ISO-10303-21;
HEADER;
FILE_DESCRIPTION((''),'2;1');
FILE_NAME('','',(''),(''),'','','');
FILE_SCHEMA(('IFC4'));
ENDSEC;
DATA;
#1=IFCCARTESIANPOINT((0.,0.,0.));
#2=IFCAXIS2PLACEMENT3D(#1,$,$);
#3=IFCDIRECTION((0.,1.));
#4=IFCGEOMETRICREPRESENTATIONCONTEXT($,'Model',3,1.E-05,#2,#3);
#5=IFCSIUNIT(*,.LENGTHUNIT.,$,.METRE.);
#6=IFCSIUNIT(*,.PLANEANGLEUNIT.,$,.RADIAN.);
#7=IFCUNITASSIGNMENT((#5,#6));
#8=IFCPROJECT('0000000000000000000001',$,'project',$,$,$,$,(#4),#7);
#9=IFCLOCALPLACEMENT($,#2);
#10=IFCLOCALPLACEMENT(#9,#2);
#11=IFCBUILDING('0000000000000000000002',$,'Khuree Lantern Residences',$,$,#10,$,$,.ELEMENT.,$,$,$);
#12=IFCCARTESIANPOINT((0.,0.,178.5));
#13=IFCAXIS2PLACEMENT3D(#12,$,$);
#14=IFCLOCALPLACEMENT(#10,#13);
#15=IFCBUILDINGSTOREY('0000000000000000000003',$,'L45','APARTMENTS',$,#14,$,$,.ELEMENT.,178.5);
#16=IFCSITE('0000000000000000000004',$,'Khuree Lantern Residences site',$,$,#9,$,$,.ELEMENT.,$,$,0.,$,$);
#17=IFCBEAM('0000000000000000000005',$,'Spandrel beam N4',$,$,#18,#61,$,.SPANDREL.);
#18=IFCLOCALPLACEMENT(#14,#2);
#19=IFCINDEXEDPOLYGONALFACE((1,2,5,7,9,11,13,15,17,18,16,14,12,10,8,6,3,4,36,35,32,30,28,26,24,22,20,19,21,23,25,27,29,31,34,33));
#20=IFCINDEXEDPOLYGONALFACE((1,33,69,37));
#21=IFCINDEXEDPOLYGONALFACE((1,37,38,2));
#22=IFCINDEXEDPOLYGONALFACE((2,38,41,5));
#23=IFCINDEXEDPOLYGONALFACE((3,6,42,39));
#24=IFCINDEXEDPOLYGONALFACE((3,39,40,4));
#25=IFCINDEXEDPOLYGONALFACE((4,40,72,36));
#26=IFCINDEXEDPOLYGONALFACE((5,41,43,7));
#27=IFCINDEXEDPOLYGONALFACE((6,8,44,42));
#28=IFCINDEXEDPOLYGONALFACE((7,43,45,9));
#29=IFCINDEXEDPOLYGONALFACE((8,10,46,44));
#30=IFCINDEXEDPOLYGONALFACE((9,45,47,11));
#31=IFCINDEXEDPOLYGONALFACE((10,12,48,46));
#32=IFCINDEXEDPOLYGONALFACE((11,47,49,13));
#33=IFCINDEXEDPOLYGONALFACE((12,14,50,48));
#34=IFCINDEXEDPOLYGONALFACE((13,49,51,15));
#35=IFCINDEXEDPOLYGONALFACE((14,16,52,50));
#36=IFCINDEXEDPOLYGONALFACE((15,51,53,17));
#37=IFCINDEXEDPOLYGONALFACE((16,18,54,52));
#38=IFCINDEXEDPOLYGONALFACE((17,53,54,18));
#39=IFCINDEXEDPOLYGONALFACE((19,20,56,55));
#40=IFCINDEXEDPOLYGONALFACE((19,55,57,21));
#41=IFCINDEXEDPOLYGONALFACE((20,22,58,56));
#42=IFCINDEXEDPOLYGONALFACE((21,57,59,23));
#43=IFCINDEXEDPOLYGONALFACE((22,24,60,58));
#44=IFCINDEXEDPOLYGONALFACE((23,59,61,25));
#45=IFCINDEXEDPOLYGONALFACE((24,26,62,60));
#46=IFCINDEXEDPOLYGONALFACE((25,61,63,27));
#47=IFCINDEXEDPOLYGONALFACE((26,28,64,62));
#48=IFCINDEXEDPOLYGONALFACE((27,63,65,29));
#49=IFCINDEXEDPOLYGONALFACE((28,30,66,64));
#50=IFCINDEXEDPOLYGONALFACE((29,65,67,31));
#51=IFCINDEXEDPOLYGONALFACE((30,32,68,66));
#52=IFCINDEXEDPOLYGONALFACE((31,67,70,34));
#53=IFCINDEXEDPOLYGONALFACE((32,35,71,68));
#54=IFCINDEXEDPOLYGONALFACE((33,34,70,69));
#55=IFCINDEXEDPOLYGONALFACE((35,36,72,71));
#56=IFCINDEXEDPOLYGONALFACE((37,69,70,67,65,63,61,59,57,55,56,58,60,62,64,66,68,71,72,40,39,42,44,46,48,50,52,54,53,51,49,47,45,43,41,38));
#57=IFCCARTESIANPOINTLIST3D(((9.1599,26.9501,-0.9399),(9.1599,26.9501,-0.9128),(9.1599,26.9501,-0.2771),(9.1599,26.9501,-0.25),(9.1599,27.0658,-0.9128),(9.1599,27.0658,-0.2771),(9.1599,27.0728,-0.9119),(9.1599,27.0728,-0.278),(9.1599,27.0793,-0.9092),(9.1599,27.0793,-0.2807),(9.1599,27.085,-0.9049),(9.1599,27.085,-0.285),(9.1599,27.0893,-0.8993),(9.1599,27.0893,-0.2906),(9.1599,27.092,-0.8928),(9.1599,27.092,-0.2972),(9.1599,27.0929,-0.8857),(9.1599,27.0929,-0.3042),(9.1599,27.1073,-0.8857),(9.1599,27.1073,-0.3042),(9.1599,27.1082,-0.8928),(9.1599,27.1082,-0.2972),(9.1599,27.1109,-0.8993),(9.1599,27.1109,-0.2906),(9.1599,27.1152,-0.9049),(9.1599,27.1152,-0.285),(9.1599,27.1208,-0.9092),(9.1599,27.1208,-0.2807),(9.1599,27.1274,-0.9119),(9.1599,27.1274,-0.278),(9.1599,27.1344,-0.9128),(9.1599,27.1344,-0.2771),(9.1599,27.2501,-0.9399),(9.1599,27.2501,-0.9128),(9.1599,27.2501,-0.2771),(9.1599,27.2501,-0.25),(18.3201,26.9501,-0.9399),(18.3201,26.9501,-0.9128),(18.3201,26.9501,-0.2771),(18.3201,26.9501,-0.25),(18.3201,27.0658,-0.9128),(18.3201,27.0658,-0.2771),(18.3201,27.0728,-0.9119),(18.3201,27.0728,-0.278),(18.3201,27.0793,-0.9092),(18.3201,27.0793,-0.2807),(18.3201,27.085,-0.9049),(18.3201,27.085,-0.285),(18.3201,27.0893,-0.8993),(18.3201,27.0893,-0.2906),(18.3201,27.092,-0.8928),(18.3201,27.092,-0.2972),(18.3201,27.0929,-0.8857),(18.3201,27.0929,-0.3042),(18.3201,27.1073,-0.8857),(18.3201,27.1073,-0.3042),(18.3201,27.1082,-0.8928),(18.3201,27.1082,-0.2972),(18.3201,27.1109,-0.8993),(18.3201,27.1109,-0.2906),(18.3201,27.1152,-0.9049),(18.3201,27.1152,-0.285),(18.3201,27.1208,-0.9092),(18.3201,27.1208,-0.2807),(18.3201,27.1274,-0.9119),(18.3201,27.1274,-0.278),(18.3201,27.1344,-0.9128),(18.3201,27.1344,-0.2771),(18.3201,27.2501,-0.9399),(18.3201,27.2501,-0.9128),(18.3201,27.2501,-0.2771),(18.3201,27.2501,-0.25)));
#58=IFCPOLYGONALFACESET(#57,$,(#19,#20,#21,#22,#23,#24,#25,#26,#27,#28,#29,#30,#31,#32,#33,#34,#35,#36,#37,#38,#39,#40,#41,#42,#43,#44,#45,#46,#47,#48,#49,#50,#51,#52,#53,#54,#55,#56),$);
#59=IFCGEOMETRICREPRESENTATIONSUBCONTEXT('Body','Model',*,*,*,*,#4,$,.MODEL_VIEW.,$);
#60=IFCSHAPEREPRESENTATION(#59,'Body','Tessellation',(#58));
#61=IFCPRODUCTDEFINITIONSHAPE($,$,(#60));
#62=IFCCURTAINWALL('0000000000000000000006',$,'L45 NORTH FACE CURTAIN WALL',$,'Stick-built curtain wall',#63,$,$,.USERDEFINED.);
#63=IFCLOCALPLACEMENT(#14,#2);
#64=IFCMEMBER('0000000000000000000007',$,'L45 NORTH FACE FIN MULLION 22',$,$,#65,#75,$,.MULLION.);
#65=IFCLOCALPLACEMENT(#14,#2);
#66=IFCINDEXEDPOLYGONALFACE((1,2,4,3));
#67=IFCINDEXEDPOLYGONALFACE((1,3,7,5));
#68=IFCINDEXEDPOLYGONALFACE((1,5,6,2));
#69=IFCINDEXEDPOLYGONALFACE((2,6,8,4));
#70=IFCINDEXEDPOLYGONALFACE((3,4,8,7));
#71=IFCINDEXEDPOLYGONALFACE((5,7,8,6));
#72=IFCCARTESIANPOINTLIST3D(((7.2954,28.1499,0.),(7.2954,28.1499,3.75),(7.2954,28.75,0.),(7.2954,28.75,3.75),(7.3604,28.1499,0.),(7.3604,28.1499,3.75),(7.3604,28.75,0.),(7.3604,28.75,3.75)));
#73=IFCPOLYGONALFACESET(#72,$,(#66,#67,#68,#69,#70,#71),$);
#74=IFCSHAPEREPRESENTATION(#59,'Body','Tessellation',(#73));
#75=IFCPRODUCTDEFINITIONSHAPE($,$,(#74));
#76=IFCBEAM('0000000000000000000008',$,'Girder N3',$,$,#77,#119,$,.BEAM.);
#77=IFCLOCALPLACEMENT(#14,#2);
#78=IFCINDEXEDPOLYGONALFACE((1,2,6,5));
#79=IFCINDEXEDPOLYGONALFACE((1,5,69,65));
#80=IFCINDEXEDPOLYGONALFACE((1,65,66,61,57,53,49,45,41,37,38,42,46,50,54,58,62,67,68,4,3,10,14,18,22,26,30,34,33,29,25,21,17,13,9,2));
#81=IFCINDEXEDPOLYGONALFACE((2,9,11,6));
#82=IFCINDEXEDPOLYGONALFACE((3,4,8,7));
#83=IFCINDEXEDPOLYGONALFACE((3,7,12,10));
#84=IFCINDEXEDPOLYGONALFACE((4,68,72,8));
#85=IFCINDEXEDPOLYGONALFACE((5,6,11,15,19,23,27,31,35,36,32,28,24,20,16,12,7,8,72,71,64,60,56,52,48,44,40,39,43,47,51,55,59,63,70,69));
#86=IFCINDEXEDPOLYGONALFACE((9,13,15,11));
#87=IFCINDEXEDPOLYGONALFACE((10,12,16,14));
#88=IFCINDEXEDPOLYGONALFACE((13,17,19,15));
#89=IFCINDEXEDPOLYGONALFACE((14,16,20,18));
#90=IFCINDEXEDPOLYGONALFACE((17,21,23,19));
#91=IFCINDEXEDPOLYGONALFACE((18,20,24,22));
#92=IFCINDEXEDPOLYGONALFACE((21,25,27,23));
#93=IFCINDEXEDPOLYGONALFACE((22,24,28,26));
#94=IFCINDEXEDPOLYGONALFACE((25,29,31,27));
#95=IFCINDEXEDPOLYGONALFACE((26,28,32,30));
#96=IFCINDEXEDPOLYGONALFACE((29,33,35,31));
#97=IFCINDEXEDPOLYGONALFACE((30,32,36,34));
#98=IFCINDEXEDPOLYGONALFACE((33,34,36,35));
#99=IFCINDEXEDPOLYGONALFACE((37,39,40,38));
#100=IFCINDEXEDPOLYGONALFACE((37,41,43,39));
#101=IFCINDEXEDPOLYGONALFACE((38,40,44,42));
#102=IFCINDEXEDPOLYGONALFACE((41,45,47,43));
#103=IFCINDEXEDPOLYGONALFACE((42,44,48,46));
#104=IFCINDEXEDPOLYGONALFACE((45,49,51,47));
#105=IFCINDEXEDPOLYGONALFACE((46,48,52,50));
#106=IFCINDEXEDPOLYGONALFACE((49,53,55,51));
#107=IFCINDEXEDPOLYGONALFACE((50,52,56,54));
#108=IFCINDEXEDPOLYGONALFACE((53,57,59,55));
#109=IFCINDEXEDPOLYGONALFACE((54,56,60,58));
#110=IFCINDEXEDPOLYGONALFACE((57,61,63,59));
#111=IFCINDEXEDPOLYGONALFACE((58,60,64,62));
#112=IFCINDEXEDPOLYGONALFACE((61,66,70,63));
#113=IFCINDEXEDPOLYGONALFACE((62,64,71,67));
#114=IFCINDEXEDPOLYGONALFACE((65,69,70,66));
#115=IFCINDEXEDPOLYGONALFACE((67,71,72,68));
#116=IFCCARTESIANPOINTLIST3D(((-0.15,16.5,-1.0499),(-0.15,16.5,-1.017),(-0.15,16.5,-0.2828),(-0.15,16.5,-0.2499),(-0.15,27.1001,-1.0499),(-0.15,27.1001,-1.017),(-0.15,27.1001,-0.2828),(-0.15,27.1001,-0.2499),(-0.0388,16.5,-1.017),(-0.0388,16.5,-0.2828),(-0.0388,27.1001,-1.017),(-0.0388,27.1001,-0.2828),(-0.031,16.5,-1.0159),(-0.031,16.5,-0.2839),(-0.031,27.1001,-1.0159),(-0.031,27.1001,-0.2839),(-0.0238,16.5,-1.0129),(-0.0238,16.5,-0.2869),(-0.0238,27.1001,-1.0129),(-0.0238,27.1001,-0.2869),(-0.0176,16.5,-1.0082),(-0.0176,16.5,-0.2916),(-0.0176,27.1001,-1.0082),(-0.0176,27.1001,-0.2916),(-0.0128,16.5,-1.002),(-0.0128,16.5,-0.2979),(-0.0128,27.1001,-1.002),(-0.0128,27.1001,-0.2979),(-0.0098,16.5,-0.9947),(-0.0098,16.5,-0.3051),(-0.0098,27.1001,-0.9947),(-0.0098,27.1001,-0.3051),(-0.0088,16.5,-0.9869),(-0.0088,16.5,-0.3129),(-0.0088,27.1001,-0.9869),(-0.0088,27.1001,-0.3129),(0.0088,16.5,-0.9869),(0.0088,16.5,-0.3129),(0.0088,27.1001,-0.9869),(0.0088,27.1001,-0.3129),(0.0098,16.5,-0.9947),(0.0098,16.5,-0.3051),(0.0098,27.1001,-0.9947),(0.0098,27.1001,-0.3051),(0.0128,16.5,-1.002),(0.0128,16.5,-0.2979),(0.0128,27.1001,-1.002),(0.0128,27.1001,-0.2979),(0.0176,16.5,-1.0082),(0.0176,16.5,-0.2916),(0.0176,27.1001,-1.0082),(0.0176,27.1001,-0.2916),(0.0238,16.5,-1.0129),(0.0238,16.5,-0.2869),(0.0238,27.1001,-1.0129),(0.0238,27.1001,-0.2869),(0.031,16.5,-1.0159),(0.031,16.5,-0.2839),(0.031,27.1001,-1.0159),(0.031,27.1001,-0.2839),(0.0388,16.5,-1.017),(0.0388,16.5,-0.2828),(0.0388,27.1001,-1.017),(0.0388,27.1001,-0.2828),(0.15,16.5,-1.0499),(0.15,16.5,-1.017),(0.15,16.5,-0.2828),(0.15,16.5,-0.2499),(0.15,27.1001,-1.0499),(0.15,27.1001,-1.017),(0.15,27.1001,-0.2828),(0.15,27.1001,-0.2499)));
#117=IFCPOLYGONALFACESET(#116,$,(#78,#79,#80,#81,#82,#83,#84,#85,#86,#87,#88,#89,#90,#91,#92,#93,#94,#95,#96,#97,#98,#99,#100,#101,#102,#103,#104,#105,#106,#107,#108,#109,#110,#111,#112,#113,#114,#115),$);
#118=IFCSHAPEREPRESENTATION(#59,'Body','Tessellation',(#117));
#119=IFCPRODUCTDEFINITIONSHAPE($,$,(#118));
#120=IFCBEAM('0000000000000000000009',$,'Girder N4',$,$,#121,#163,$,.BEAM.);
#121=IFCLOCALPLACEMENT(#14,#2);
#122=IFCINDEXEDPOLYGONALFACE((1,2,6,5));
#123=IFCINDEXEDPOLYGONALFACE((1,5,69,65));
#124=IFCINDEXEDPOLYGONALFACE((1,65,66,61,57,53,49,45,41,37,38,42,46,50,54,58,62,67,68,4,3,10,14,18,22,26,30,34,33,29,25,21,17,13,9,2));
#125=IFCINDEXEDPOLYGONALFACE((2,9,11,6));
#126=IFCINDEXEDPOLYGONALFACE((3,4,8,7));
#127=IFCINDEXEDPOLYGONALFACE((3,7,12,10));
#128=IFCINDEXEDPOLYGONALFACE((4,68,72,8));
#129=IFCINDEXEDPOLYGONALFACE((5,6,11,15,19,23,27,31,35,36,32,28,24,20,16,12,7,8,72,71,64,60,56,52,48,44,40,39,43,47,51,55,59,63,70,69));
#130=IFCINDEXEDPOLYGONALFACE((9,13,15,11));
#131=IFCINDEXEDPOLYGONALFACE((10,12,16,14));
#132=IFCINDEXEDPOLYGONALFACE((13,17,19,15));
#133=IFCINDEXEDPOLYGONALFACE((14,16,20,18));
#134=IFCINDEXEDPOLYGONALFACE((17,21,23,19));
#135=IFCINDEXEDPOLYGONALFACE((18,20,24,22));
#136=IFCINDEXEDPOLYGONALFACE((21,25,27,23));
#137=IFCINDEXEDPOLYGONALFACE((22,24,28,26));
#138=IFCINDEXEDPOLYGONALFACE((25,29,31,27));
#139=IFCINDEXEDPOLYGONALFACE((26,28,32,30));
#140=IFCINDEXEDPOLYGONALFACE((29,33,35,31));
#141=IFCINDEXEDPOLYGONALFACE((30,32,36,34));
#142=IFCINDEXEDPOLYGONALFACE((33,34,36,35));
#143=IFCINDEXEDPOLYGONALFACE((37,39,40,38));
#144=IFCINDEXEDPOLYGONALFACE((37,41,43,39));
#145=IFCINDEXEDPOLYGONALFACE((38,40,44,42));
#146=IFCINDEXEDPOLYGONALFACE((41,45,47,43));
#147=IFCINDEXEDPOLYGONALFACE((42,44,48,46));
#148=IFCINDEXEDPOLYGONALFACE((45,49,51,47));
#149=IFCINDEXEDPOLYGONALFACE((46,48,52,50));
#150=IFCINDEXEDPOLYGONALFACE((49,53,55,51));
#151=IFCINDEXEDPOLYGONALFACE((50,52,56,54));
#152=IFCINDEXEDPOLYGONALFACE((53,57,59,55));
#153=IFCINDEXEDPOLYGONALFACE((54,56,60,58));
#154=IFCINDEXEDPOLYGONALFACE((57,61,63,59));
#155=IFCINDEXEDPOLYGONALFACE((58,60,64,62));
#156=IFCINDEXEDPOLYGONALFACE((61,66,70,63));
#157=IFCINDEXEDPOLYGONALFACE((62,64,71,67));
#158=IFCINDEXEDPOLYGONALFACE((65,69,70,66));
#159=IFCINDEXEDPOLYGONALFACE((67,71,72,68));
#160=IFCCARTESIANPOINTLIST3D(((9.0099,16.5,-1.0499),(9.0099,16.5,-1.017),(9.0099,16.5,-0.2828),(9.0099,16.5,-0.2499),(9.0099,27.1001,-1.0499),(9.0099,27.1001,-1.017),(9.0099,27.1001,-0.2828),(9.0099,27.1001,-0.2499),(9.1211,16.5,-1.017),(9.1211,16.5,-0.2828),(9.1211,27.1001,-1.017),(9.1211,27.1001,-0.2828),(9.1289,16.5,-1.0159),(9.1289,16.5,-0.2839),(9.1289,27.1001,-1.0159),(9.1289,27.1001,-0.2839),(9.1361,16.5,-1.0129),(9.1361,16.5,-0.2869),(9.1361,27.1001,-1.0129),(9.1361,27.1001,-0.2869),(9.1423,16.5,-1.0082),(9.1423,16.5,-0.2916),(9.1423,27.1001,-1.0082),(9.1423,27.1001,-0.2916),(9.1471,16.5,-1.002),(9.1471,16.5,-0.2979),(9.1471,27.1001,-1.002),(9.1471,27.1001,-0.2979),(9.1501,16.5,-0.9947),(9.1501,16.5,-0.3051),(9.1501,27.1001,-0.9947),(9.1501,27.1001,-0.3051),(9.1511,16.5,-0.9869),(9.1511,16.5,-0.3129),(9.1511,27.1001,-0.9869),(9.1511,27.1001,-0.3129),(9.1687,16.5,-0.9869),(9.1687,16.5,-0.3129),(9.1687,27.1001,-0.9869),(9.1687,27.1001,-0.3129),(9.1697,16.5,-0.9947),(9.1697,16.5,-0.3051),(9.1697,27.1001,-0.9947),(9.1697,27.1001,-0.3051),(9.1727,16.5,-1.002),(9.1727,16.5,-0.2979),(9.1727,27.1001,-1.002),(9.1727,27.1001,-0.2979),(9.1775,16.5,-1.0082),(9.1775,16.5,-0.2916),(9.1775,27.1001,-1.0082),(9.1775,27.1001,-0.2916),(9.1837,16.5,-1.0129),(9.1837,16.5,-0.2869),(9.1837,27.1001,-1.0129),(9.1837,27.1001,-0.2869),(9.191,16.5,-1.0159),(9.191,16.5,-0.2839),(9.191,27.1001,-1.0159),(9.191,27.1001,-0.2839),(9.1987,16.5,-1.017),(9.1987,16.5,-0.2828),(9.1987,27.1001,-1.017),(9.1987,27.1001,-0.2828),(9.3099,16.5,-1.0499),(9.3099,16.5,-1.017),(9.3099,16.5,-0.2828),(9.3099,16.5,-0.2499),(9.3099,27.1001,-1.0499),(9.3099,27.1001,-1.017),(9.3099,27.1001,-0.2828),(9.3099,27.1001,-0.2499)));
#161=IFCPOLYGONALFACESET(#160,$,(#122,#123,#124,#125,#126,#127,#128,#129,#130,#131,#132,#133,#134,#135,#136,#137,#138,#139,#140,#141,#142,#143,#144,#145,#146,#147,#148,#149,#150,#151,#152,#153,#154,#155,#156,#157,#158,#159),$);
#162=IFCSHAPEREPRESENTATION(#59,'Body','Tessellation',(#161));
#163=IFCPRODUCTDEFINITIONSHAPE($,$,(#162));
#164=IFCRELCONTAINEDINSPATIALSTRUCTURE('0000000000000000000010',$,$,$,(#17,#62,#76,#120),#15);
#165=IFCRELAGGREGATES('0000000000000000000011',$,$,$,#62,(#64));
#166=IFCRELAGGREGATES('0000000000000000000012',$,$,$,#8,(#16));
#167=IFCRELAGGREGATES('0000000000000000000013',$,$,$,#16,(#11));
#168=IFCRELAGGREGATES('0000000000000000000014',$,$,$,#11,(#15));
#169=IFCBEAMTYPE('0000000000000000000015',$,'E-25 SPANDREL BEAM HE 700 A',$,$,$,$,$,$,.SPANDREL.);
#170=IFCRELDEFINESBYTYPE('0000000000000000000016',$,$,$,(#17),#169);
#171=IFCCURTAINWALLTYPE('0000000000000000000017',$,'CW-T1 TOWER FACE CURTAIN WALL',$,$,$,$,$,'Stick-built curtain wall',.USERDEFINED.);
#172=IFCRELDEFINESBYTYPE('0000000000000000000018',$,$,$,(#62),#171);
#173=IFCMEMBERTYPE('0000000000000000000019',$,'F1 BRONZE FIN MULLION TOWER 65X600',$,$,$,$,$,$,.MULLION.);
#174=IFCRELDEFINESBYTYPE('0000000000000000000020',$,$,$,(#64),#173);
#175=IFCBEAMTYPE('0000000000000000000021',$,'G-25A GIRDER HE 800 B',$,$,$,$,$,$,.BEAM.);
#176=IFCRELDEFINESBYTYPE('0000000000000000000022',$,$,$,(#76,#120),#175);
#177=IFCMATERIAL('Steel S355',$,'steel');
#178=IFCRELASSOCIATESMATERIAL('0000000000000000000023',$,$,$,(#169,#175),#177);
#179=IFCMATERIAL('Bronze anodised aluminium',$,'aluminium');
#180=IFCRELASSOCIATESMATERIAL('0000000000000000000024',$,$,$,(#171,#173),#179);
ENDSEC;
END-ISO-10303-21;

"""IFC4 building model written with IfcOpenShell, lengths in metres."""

from ifc_helpers import new_model, si_unit, direction, frame, origin, origin_2d, place, context, subcontext, project, spatial, rectangle, i_section, extrude, material, material_profile, profile_set, type_object, element, aggregate, save


model = new_model("IFC4")

# Units and contexts
model_context = context("Model", 3, precision=1e-05, world=origin(), true_north=direction((0.0, 1.0)))
body_context = subcontext(model_context, "Body", "Model", "MODEL_VIEW")
ifc_project = project(units=[si_unit("LENGTHUNIT", "METRE"), si_unit("PLANEANGLEUNIT", "RADIAN")], contexts=[model_context])

# Site, building, storey
site_placement = place(None, origin())
site = spatial("IfcSite", under=ifc_project, at=site_placement, Name="Khuree Lantern Residences site", CompositionType="ELEMENT", RefElevation=0.0)
building_placement = place(site_placement, origin())
building = spatial("IfcBuilding", under=site, at=building_placement, Name="Khuree Lantern Residences", CompositionType="ELEMENT")
storey_placement = place(building_placement, frame((0.0, 0.0, 178.5)))
storey = spatial("IfcBuildingStorey", under=building, at=storey_placement, Name="L45", Description="APARTMENTS", CompositionType="ELEMENT", Elevation=178.5)

# Beam
ifc_material_1 = material(Name="Steel S355", Category="steel")
ifc_material_profile_1 = material_profile(ifc_material_1, i_section(OverallWidth=0.3, OverallDepth=0.6899, WebThickness=0.0144, FlangeThickness=0.0271, FilletRadius=0.0271, at=origin_2d()), Name="HE 700 A")
ifc_profile_set_1 = profile_set([ifc_material_profile_1], Name="Steel S355")
beam_type_1 = type_object("IfcBeamType", Name="E-25 SPANDREL BEAM HE 700 A", PredefinedType="SPANDREL", material=ifc_profile_set_1)
beam_1_placement = place(storey_placement, frame((9.1599, 27.1001, -0.595), z_axis=(1.0, 0.0, 0.0), x_axis=(0.0, 1.0, 0.0)))
element("IfcBeam", 1, at=beam_1_placement, inside=storey, type_object=beam_type_1, Name="Spandrel beam N4", PredefinedType="SPANDREL", context=body_context, shape_type="SweptSolid", body=[
    extrude(i_section(OverallWidth=0.3, OverallDepth=0.6899, WebThickness=0.0144, FlangeThickness=0.0271, FilletRadius=0.0271, at=origin_2d()), origin(), (0.0, 0.0, 1.0), 9.1602),
])

# Curtain wall, member
ifc_material_2 = material(Name="Bronze anodised aluminium", Category="aluminium")
curtain_wall_type = type_object("IfcCurtainWallType", Name="CW-T1 TOWER FACE CURTAIN WALL", ElementType="Stick-built curtain wall", PredefinedType="USERDEFINED", material=ifc_material_2)
curtain_wall_placement = place(storey_placement, origin())
curtain_wall = element("IfcCurtainWall", 2, at=curtain_wall_placement, inside=storey, type_object=curtain_wall_type, Name="L45 NORTH FACE CURTAIN WALL", ObjectType="Stick-built curtain wall", PredefinedType="USERDEFINED")
ifc_material_profile_2 = material_profile(ifc_material_2, rectangle(XDim=0.0649, YDim=0.6001, at=origin_2d()), Name="F1 65X600")
ifc_profile_set_2 = profile_set([ifc_material_profile_2], Name="Bronze anodised aluminium")
member_type_1 = type_object("IfcMemberType", Name="F1 BRONZE FIN MULLION TOWER 65X600", PredefinedType="MULLION", material=ifc_profile_set_2)
member_1_placement = place(storey_placement, frame((7.3279, 28.45, 0.0), z_axis=(0.0, 0.0, 1.0), x_axis=(-1.0, 0.0, 0.0)))
member_1 = element("IfcMember", 3, at=member_1_placement, type_object=member_type_1, Name="L45 NORTH FACE FIN MULLION 22", PredefinedType="MULLION", context=body_context, shape_type="SweptSolid", body=[
    extrude(rectangle(XDim=0.0649, YDim=0.6001, at=origin_2d()), origin(), (0.0, 0.0, 1.0), 3.75),
])

# Beams
ifc_material_profile_3 = material_profile(ifc_material_1, i_section(OverallWidth=0.3, OverallDepth=0.8, WebThickness=0.0176, FlangeThickness=0.033, FilletRadius=0.03, at=origin_2d()), Name="HE 800 B")
ifc_profile_set_3 = profile_set([ifc_material_profile_3], Name="Steel S355")
beam_type_2 = type_object("IfcBeamType", Name="G-25A GIRDER HE 800 B", PredefinedType="BEAM", material=ifc_profile_set_3)
for number, where, z_axis, x_axis, name in (
    (4, (0.0, 27.1001, -0.6499), (0.0, -1.0, 0.0), (1.0, 0.0, 0.0), "Girder N3"),
    (5, (9.1599, 27.1001, -0.6499), (0.0, -1.0, 0.0), (1.0, 0.0, 0.0), "Girder N4"),
):
    element("IfcBeam", number, at=place(storey_placement, frame(where, z_axis=z_axis, x_axis=x_axis)), inside=storey, type_object=beam_type_2, Name=name, PredefinedType="BEAM", context=body_context, shape_type="SweptSolid", body=[
        extrude(i_section(OverallWidth=0.3, OverallDepth=0.8, WebThickness=0.0176, FlangeThickness=0.033, FilletRadius=0.03, at=origin_2d()), origin(), (0.0, 0.0, 1.0), 10.6001),
    ])

aggregate(curtain_wall, [member_1])

save(model, "model.ifc")
